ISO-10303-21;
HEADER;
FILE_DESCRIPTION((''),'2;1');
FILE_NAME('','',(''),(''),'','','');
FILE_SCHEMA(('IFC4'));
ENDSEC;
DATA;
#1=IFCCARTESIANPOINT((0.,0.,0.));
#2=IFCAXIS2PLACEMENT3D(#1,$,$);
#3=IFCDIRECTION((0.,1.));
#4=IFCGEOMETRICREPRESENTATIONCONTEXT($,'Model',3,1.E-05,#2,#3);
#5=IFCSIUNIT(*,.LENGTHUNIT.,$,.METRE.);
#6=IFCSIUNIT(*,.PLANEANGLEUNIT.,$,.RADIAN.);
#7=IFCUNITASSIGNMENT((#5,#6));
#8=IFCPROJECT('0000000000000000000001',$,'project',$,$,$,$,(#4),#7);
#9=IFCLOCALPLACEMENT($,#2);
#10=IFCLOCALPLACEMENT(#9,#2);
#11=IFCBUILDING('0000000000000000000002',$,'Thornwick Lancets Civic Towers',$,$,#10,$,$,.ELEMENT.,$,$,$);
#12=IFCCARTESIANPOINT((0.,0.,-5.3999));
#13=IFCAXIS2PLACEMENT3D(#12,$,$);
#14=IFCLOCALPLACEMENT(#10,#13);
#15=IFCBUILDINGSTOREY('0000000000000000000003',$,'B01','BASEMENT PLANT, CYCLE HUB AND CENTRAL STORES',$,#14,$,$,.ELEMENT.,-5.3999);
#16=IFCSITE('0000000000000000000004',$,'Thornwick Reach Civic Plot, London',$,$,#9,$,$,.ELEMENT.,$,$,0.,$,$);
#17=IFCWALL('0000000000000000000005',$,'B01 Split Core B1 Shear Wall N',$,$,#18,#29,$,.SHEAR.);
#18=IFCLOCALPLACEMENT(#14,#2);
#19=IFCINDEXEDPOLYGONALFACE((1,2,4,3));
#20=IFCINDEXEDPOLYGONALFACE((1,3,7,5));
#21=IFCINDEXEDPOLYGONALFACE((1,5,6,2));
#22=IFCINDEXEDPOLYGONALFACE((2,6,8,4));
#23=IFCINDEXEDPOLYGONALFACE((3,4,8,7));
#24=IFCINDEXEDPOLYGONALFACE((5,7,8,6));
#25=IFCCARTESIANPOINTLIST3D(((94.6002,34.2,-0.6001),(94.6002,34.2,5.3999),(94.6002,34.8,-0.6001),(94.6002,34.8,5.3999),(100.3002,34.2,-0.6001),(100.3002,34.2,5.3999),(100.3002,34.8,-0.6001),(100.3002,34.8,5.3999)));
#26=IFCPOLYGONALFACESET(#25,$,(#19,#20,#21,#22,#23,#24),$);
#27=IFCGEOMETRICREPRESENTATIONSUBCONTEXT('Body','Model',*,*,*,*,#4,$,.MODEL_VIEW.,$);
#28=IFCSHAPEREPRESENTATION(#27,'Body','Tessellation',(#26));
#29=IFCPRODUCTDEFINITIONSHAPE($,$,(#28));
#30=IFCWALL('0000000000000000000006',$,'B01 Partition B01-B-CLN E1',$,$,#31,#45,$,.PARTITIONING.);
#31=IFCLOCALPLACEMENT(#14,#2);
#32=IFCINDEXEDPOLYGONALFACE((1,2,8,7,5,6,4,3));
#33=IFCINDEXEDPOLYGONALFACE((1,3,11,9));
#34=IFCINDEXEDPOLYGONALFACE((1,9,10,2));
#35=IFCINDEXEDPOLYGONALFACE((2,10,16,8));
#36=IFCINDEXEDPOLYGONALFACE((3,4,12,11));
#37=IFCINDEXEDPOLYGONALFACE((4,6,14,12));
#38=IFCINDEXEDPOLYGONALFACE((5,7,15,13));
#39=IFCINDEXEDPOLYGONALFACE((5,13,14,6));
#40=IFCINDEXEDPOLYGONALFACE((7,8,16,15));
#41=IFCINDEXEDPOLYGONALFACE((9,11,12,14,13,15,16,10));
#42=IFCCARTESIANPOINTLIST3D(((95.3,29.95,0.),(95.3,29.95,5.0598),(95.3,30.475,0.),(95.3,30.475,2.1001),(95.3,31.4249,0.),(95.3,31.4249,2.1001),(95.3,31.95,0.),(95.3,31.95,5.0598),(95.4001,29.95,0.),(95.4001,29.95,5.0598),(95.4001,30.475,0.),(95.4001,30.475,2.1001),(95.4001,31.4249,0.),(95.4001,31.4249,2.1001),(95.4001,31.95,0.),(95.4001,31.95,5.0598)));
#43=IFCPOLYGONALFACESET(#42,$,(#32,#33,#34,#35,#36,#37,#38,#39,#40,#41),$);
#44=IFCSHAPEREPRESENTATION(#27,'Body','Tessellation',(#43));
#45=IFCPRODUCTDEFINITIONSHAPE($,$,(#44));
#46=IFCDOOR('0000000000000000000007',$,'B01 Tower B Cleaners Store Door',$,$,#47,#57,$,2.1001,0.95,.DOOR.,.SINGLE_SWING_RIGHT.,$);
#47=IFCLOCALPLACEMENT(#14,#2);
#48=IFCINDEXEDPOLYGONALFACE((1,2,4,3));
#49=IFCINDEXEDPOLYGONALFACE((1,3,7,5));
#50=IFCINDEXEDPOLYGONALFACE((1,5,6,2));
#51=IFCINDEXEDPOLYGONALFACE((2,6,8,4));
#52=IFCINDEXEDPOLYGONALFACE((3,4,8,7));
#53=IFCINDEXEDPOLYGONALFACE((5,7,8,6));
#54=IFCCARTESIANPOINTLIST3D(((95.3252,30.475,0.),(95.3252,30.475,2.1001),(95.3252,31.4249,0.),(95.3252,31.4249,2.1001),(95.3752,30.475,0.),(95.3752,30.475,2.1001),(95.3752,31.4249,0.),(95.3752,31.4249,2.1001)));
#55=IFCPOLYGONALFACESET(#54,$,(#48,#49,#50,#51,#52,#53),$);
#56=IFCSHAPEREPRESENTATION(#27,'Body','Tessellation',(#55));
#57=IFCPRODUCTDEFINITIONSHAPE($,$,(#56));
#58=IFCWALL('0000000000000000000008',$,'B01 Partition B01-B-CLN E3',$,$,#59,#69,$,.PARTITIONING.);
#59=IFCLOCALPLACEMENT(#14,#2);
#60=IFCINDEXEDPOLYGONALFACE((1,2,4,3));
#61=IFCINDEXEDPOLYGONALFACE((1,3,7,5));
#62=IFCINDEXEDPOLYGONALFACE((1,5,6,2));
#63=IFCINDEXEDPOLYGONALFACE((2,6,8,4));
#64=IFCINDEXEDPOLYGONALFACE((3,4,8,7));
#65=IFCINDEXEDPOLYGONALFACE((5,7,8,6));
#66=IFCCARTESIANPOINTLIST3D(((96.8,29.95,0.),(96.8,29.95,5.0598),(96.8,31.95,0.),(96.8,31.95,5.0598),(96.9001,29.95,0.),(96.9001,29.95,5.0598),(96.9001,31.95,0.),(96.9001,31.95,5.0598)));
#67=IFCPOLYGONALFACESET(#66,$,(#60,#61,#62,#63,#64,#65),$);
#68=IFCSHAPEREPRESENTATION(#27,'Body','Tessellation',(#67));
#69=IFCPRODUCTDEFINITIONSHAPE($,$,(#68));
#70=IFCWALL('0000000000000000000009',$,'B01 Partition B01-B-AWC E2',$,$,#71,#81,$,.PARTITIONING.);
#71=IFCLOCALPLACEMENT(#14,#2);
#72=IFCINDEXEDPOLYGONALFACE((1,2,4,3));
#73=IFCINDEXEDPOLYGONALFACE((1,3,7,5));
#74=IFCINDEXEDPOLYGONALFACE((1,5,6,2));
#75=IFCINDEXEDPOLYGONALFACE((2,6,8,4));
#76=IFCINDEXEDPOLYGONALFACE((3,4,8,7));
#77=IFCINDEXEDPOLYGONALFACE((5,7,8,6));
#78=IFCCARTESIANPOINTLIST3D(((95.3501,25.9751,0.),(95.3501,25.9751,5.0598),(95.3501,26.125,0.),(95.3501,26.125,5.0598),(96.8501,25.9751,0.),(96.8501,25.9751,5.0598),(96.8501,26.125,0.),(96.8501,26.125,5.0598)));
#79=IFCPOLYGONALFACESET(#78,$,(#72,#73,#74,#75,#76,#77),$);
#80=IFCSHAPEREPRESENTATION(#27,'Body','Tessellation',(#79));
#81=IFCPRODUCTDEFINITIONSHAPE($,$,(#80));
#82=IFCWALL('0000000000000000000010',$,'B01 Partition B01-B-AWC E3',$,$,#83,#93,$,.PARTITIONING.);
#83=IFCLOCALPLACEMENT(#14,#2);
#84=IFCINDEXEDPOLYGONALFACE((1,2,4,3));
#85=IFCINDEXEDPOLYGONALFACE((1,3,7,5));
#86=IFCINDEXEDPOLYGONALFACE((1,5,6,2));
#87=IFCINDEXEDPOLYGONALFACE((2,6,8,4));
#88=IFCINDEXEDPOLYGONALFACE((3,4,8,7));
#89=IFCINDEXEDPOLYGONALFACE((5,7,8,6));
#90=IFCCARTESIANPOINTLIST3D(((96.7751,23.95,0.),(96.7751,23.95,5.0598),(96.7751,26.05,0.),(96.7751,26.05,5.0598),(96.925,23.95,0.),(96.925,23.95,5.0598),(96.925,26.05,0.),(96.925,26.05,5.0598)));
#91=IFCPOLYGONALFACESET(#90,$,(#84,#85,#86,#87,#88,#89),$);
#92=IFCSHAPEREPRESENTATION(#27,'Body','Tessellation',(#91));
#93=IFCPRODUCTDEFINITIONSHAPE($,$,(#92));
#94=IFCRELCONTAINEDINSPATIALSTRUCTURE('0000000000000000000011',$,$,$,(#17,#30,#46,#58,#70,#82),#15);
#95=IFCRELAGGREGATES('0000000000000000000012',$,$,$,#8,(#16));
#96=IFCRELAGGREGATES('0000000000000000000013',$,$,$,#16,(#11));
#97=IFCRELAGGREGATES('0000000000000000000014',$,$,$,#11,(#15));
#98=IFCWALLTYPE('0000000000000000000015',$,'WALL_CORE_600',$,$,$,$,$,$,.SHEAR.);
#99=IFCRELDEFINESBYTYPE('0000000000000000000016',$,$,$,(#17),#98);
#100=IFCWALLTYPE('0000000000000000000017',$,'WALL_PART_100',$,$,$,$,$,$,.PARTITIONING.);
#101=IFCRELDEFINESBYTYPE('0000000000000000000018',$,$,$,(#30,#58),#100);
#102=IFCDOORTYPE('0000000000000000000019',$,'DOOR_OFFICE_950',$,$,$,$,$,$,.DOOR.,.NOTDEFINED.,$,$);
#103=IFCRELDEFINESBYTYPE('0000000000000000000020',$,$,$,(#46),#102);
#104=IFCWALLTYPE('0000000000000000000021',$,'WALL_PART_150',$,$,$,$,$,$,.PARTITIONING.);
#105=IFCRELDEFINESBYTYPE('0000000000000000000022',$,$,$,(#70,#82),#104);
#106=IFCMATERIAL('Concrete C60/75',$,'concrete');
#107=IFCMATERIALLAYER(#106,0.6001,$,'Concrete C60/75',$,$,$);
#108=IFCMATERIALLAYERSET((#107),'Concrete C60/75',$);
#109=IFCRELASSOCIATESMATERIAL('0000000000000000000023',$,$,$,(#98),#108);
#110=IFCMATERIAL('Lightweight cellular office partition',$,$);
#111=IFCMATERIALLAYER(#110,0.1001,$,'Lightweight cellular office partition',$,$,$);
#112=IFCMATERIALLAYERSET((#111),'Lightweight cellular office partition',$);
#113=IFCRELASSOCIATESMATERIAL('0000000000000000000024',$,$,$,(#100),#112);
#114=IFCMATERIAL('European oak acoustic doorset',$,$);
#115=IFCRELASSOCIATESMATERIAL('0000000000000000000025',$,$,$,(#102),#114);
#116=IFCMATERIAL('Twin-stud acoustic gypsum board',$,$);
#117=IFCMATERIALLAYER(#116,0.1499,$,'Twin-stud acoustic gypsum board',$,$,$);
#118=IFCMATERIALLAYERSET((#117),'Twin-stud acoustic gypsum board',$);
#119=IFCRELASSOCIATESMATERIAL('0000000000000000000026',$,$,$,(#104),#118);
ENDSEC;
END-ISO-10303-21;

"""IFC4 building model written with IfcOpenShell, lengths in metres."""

from ifc_helpers import new_model, si_unit, direction, frame, frame_2d, origin, place, context, subcontext, project, spatial, rectangle, extrude, material, layer, layer_set, type_object, element, fill, save


model = new_model("IFC4")

# Units and contexts
model_context = context("Model", 3, precision=1e-05, world=origin(), true_north=direction((0.0, 1.0)))
body_context = subcontext(model_context, "Body", "Model", "MODEL_VIEW")
ifc_project = project(units=[si_unit("LENGTHUNIT", "METRE"), si_unit("PLANEANGLEUNIT", "RADIAN")], contexts=[model_context])

# Site, building, storey
site_placement = place(None, origin())
site = spatial("IfcSite", under=ifc_project, at=site_placement, Name="Thornwick Reach Civic Plot, London", CompositionType="ELEMENT", RefElevation=0.0)
building_placement = place(site_placement, origin())
building = spatial("IfcBuilding", under=site, at=building_placement, Name="Thornwick Lancets Civic Towers", CompositionType="ELEMENT")
storey_placement = place(building_placement, frame((0.0, 0.0, -5.3999)))
storey = spatial("IfcBuildingStorey", under=building, at=storey_placement, Name="B01", Description="BASEMENT PLANT, CYCLE HUB AND CENTRAL STORES", CompositionType="ELEMENT", Elevation=-5.3999)

# Shared definitions
ifc_material_1 = material(Name="Concrete C60/75", Category="concrete")

# Wall
ifc_layer_1 = layer(ifc_material_1, 0.6001, Name="Concrete C60/75")
ifc_layer_set_1 = layer_set([ifc_layer_1], Name="Concrete C60/75")
wall_type_1 = type_object("IfcWallType", Name="WALL_CORE_600", PredefinedType="SHEAR", material=ifc_layer_set_1)
wall_1_placement = place(storey_placement, frame((94.6001, 34.5, -0.6001), z_axis=(0.0, 0.0, 1.0), x_axis=(1.0, 0.0, 0.0)))
element("IfcWall", 1, at=wall_1_placement, inside=storey, type_object=wall_type_1, Name="B01 Split Core B1 Shear Wall N", PredefinedType="SHEAR", context=body_context, shape_type="SweptSolid", body=[
    extrude(rectangle(XDim=5.7, YDim=0.6001, at=frame_2d((2.8501, 0.0))), origin(), (0.0, 0.0, 1.0), 6.0),
])

# Wall, opening, door
ifc_material_2 = material(Name="Lightweight cellular office partition")
ifc_layer_2 = layer(ifc_material_2, 0.1001, Name="Lightweight cellular office partition")
ifc_layer_set_2 = layer_set([ifc_layer_2], Name="Lightweight cellular office partition")
wall_type_2 = type_object("IfcWallType", Name="WALL_PART_100", PredefinedType="PARTITIONING", material=ifc_layer_set_2)
wall_2_placement = place(storey_placement, frame((95.3501, 29.95, 0.0), z_axis=(0.0, 0.0, 1.0), x_axis=(0.0, 1.0, 0.0)))
wall_2 = element("IfcWall", 2, at=wall_2_placement, inside=storey, type_object=wall_type_2, Name="B01 Partition B01-B-CLN E1", PredefinedType="PARTITIONING", context=body_context, shape_type="SweptSolid", body=[
    extrude(rectangle(XDim=2.0, YDim=0.1001, at=frame_2d((1.0, 0.0))), origin(), (0.0, 0.0, 1.0), 5.0598),
])
opening_1_placement = place(wall_2_placement, frame((0.5249, 0.0, 0.0)))
opening_1 = element("IfcOpeningElement", 3, at=opening_1_placement, cuts=wall_2, PredefinedType="OPENING", context=body_context, shape_type="SweptSolid", body=[
    extrude(rectangle(XDim=0.95, YDim=2.1001, at=frame_2d((0.4751, 1.05))), frame((0.0, 0.0601, 0.0), z_axis=(0.0, -1.0, 0.0), x_axis=(1.0, 0.0, 0.0)), (0.0, 0.0, 1.0), 0.1201),
])
ifc_material_3 = material(Name="European oak acoustic doorset")
door_type_1 = type_object("IfcDoorType", Name="DOOR_OFFICE_950", OperationType="NOTDEFINED", PredefinedType="DOOR", material=ifc_material_3)
door_1_placement = place(opening_1_placement, origin())
door_1 = element("IfcDoor", 4, at=door_1_placement, inside=storey, type_object=door_type_1, Name="B01 Tower B Cleaners Store Door", OperationType="SINGLE_SWING_RIGHT", OverallHeight=2.1001, OverallWidth=0.95, PredefinedType="DOOR", context=body_context, shape_type="SweptSolid", body=[
    extrude(rectangle(XDim=0.95, YDim=2.1001, at=frame_2d((0.4751, 1.05))), frame((0.0, 0.0249, 0.0), z_axis=(0.0, -1.0, 0.0), x_axis=(1.0, 0.0, 0.0)), (0.0, 0.0, 1.0), 0.05),
])
fill(opening_1, door_1)

# Walls
wall_3_placement = place(storey_placement, frame((96.8501, 31.95, 0.0), z_axis=(0.0, 0.0, 1.0), x_axis=(0.0, -1.0, 0.0)))
element("IfcWall", 5, at=wall_3_placement, inside=storey, type_object=wall_type_2, Name="B01 Partition B01-B-CLN E3", PredefinedType="PARTITIONING", context=body_context, shape_type="SweptSolid", body=[
    extrude(rectangle(XDim=2.0, YDim=0.1001, at=frame_2d((1.0, 0.0))), origin(), (0.0, 0.0, 1.0), 5.0598),
])
ifc_material_4 = material(Name="Twin-stud acoustic gypsum board")
ifc_layer_3 = layer(ifc_material_4, 0.1499, Name="Twin-stud acoustic gypsum board")
ifc_layer_set_3 = layer_set([ifc_layer_3], Name="Twin-stud acoustic gypsum board")
wall_type_3 = type_object("IfcWallType", Name="WALL_PART_150", PredefinedType="PARTITIONING", material=ifc_layer_set_3)
wall_4_placement = place(storey_placement, frame((95.3501, 26.05, 0.0), z_axis=(0.0, 0.0, 1.0), x_axis=(1.0, 0.0, 0.0)))
element("IfcWall", 6, at=wall_4_placement, inside=storey, type_object=wall_type_3, Name="B01 Partition B01-B-AWC E2", PredefinedType="PARTITIONING", context=body_context, shape_type="SweptSolid", body=[
    extrude(rectangle(XDim=1.5, YDim=0.1499, at=frame_2d((0.75, 0.0))), origin(), (0.0, 0.0, 1.0), 5.0598),
])
wall_5_placement = place(storey_placement, frame((96.8501, 26.05, 0.0), z_axis=(0.0, 0.0, 1.0), x_axis=(0.0, -1.0, 0.0)))
element("IfcWall", 7, at=wall_5_placement, inside=storey, type_object=wall_type_3, Name="B01 Partition B01-B-AWC E3", PredefinedType="PARTITIONING", context=body_context, shape_type="SweptSolid", body=[
    extrude(rectangle(XDim=2.1001, YDim=0.1499, at=frame_2d((1.05, 0.0))), origin(), (0.0, 0.0, 1.0), 5.0598),
])

save(model, "model.ifc")
